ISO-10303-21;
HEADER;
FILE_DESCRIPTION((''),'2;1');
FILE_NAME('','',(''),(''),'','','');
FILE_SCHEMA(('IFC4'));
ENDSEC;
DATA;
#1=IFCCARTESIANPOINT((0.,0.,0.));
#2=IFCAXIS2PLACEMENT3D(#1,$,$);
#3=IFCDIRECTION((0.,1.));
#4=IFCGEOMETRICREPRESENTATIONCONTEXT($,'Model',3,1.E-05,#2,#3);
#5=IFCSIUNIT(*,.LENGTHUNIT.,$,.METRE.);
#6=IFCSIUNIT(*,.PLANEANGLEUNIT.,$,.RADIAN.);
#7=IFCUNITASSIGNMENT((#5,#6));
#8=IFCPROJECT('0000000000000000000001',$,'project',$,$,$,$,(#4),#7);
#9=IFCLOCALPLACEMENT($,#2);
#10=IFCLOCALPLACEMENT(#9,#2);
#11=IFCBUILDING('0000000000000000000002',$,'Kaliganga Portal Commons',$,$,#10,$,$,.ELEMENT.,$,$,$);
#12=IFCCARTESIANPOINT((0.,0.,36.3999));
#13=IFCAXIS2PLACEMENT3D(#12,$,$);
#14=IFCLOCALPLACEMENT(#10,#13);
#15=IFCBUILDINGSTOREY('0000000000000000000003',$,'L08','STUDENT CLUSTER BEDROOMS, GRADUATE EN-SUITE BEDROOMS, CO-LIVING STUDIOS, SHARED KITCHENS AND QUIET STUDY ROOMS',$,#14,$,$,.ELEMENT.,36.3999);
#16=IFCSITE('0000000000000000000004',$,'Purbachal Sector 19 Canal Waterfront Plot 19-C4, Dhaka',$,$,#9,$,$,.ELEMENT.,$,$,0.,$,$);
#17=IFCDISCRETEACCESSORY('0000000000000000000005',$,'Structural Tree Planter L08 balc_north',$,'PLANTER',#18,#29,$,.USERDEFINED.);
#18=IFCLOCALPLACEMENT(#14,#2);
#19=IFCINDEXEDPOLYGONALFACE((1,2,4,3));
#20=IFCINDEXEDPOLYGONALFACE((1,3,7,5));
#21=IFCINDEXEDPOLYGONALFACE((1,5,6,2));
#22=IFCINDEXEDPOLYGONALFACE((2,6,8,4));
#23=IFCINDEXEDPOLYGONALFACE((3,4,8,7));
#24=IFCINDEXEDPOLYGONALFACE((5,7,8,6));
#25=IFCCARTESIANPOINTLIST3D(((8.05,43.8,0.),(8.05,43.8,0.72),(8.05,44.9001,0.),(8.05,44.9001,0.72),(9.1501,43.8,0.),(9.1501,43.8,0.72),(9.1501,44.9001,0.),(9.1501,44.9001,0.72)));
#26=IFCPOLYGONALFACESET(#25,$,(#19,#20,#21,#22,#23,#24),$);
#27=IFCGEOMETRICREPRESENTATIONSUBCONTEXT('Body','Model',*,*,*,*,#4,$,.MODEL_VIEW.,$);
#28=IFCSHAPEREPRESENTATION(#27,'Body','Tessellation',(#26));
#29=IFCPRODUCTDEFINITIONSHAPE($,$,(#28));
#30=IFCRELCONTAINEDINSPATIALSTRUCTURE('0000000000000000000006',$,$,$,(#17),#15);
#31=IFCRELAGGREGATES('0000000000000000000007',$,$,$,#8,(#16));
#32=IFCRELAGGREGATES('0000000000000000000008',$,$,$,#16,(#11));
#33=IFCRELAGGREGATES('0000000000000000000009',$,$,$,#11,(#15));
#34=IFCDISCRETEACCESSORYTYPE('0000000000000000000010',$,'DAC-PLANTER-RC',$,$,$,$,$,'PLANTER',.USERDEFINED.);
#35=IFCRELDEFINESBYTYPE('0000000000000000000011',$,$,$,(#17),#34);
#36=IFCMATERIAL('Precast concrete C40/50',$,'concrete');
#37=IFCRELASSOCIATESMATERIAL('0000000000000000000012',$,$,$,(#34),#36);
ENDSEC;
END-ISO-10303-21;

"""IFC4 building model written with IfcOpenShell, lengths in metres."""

from ifc_helpers import new_model, si_unit, direction, frame, origin, origin_2d, place, context, subcontext, project, spatial, rectangle, extrude, source, transform, mapped, material, type_object, element, save


model = new_model("IFC4")

# Units and contexts
model_context = context("Model", 3, precision=1e-05, world=origin(), true_north=direction((0.0, 1.0)))
body_context = subcontext(model_context, "Body", "Model", "MODEL_VIEW")
ifc_project = project(units=[si_unit("LENGTHUNIT", "METRE"), si_unit("PLANEANGLEUNIT", "RADIAN")], contexts=[model_context])

# Site, building, storey
site_placement = place(None, origin())
site = spatial("IfcSite", under=ifc_project, at=site_placement, Name="Purbachal Sector 19 Canal Waterfront Plot 19-C4, Dhaka", CompositionType="ELEMENT", RefElevation=0.0)
building_placement = place(site_placement, origin())
building = spatial("IfcBuilding", under=site, at=building_placement, Name="Kaliganga Portal Commons", CompositionType="ELEMENT")
storey_placement = place(building_placement, frame((0.0, 0.0, 36.3999)))
storey = spatial("IfcBuildingStorey", under=building, at=storey_placement, Name="L08", Description="STUDENT CLUSTER BEDROOMS, GRADUATE EN-SUITE BEDROOMS, CO-LIVING STUDIOS, SHARED KITCHENS AND QUIET STUDY ROOMS", CompositionType="ELEMENT", Elevation=36.3999)

# Discrete accessory
ifc_material_1 = material(Name="Precast concrete C40/50", Category="concrete")
discrete_accessory_type = type_object("IfcDiscreteAccessoryType", Name="DAC-PLANTER-RC", ElementType="PLANTER", PredefinedType="USERDEFINED", material=ifc_material_1)
shared_shape_1 = source(origin(), body_context, "Body", "SweptSolid", [
    extrude(rectangle(XDim=1.1001, YDim=1.1001, at=origin_2d()), origin(), (0.0, 0.0, 1.0), 0.72),
])
discrete_accessory_placement = place(storey_placement, frame((8.6001, 44.3501, 0.0), z_axis=(0.0, 0.0, 1.0), x_axis=(1.0, 0.0, 0.0)))
element("IfcDiscreteAccessory", 1, at=discrete_accessory_placement, inside=storey, type_object=discrete_accessory_type, Name="Structural Tree Planter L08 balc_north", ObjectType="PLANTER", PredefinedType="USERDEFINED", context=body_context, shape_type="MappedRepresentation", body=[
    mapped(shared_shape_1, transform((0.0, 0.0, 0.0), x_axis=(1.0, 0.0, 0.0), y_axis=(0.0, 1.0, 0.0), z_axis=(0.0, 0.0, 1.0), scale=1.0)),
])

save(model, "model.ifc")
